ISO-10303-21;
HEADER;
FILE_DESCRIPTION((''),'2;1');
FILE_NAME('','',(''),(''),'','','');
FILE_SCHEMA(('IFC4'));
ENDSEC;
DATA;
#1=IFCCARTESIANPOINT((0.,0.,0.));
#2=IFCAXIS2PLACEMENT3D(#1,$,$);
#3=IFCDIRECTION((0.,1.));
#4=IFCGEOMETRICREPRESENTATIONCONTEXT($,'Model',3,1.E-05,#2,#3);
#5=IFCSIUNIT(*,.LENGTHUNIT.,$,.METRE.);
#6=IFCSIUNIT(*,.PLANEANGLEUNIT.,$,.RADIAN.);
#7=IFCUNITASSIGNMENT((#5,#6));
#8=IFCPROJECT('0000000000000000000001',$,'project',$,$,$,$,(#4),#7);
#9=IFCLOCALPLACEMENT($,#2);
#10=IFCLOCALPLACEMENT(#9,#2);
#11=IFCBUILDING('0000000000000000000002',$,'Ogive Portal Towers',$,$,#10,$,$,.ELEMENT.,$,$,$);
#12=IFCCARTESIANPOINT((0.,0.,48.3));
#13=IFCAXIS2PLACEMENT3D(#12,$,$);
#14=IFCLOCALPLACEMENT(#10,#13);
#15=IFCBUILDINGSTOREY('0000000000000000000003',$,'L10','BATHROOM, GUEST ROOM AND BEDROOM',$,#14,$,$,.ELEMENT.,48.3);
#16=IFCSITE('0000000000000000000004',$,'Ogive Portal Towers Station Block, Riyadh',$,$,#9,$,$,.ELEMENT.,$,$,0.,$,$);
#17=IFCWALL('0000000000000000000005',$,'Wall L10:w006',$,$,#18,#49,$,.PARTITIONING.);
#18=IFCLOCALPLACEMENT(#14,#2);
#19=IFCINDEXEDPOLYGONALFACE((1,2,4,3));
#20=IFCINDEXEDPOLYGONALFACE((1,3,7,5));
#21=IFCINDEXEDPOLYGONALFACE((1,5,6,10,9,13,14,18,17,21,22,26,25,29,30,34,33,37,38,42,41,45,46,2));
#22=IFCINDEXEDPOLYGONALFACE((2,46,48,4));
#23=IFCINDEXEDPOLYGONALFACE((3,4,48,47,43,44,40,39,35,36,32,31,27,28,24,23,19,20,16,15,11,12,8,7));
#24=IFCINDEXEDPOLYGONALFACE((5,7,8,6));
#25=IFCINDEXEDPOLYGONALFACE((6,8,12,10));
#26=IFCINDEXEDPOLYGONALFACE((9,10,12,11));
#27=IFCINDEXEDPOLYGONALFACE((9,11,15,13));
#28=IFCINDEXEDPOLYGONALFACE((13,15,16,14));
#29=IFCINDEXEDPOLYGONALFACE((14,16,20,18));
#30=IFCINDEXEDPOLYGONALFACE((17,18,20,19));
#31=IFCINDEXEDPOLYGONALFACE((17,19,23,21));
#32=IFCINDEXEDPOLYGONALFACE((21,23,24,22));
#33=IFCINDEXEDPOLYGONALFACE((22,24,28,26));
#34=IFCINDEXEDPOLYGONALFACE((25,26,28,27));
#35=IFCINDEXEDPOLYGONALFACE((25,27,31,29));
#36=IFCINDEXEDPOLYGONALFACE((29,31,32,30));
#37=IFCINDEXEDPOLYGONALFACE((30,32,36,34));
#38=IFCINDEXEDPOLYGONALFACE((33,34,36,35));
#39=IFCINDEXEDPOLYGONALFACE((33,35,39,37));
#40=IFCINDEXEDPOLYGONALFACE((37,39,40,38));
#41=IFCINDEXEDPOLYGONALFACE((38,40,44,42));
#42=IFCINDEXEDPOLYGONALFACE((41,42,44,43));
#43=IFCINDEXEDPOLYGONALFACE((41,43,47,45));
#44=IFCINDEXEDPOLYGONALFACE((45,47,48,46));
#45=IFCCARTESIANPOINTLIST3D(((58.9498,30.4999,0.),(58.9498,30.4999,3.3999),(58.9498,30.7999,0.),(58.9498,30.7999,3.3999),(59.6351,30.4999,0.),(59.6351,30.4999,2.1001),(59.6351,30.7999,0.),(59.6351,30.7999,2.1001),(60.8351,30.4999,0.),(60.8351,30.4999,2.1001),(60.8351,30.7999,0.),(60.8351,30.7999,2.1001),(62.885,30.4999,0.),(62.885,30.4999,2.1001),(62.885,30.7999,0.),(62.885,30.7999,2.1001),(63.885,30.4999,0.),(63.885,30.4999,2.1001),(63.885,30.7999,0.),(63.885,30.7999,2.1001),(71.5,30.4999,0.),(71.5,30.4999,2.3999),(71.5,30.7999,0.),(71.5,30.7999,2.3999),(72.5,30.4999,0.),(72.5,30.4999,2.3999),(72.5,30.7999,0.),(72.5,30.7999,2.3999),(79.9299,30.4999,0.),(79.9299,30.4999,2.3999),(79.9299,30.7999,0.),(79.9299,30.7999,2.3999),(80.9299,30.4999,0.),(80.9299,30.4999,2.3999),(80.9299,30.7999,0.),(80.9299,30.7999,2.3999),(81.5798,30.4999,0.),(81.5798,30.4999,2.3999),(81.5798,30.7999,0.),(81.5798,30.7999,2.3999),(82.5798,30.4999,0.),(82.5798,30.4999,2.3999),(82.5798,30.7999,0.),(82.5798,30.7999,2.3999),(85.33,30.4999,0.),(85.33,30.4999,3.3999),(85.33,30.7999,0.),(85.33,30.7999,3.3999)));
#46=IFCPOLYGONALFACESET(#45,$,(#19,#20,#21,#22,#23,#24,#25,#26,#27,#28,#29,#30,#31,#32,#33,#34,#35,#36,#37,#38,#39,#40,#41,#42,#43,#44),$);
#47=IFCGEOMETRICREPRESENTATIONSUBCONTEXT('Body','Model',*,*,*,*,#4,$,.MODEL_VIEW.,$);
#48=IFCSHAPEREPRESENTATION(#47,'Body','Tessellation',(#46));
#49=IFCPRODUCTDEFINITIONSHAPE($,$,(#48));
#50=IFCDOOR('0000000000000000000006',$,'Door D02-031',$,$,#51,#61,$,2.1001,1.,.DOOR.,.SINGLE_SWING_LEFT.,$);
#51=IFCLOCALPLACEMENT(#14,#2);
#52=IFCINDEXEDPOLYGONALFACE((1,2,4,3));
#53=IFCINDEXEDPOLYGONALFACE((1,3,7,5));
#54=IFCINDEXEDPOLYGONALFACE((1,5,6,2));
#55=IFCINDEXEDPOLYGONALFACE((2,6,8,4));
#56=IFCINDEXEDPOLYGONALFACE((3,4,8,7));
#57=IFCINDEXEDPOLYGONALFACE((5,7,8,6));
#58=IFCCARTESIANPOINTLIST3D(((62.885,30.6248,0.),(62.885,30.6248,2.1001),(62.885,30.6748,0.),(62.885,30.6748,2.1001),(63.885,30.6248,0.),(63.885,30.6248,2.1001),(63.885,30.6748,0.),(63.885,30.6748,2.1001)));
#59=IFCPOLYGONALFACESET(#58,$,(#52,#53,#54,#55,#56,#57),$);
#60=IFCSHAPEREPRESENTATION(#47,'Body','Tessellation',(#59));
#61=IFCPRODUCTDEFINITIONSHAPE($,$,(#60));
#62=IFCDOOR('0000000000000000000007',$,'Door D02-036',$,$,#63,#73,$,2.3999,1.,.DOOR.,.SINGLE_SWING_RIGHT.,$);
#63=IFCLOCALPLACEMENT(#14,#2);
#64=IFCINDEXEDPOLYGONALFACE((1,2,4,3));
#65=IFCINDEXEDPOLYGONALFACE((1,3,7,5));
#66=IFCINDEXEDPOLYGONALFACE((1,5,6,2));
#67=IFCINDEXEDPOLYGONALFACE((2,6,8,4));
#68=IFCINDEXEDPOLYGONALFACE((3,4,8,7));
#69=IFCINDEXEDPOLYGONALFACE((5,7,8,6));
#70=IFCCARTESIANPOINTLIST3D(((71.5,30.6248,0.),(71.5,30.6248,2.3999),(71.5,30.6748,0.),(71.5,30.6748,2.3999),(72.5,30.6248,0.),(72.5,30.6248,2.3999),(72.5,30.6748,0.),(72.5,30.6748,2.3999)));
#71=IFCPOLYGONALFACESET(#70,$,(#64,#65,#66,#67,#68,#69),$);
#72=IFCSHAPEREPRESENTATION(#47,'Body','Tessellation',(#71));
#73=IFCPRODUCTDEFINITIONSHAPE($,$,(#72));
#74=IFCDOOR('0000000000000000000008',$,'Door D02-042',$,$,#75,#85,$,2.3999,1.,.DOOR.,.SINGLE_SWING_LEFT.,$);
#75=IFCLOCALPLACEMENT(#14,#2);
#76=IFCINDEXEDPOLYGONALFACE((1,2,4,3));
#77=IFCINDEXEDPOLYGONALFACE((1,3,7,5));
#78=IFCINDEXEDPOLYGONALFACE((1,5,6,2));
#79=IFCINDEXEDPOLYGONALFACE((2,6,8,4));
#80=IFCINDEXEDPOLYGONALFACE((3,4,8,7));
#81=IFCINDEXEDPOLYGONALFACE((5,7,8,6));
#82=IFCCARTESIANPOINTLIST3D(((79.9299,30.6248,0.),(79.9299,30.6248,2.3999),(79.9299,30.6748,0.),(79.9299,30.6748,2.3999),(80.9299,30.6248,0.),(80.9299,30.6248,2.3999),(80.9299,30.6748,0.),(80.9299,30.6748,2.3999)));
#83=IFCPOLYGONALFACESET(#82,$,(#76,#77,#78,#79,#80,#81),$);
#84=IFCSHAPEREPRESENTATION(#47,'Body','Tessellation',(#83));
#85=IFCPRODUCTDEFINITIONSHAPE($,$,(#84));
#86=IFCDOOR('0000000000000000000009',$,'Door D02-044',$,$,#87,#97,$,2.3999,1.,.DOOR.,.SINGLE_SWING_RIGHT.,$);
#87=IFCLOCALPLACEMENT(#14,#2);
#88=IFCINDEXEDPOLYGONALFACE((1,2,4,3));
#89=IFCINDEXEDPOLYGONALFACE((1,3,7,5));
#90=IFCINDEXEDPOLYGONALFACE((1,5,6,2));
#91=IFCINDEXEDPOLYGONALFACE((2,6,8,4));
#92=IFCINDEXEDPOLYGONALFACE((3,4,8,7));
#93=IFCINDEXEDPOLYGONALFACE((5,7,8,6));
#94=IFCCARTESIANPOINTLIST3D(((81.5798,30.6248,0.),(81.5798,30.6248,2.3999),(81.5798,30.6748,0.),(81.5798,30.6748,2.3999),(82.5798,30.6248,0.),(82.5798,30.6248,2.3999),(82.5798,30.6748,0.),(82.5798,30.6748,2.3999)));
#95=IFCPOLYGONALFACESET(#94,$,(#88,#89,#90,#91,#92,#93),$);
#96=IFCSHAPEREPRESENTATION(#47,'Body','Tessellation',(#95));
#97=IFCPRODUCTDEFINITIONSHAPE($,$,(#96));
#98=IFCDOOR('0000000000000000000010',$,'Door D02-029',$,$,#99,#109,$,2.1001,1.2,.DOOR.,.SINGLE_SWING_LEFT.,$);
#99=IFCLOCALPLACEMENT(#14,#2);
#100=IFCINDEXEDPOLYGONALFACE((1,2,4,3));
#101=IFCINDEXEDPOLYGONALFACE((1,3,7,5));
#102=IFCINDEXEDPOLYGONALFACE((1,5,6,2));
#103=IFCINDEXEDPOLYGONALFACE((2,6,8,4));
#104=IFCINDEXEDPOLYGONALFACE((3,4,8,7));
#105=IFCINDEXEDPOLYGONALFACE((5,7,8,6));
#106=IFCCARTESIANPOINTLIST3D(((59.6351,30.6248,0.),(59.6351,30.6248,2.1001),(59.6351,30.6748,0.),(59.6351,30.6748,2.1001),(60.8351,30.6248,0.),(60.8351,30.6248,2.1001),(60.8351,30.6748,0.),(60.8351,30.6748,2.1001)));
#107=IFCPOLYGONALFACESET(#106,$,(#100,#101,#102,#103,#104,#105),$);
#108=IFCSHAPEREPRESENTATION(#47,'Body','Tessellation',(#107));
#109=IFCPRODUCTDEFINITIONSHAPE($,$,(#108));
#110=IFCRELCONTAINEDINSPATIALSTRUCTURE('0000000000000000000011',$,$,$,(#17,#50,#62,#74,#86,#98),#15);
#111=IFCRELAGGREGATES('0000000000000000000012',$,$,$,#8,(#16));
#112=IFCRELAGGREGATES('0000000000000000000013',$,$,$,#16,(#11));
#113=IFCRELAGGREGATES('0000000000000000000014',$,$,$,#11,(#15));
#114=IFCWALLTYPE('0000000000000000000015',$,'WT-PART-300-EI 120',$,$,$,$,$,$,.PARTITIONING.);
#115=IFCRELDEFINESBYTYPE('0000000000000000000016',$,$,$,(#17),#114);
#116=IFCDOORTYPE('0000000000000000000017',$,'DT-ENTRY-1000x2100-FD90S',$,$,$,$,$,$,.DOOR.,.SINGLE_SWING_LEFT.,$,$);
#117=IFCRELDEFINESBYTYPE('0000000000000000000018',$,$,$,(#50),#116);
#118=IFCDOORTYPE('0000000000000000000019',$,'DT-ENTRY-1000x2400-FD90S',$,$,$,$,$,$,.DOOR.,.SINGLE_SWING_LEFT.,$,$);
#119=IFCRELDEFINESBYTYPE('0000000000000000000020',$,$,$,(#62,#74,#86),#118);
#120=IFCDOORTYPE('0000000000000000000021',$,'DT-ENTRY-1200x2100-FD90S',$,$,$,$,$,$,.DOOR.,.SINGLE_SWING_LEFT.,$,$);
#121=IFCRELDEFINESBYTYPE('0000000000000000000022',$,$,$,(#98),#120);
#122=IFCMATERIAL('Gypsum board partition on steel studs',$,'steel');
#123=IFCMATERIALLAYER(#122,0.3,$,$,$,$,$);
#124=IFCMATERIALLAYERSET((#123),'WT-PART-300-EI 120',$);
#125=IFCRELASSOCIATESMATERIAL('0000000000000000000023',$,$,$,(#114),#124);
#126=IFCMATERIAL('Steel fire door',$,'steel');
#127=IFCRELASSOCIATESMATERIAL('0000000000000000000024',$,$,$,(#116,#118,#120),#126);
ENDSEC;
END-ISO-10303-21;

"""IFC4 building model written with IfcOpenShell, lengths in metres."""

from ifc_helpers import new_model, si_unit, direction, frame, frame_2d, origin, place, context, subcontext, project, spatial, rectangle, extrude, material, layer, layer_set, type_object, element, fill, save


model = new_model("IFC4")

# Units and contexts
model_context = context("Model", 3, precision=1e-05, world=origin(), true_north=direction((0.0, 1.0)))
body_context = subcontext(model_context, "Body", "Model", "MODEL_VIEW")
ifc_project = project(units=[si_unit("LENGTHUNIT", "METRE"), si_unit("PLANEANGLEUNIT", "RADIAN")], contexts=[model_context])

# Site, building, storey
site_placement = place(None, origin())
site = spatial("IfcSite", under=ifc_project, at=site_placement, Name="Ogive Portal Towers Station Block, Riyadh", CompositionType="ELEMENT", RefElevation=0.0)
building_placement = place(site_placement, origin())
building = spatial("IfcBuilding", under=site, at=building_placement, Name="Ogive Portal Towers", CompositionType="ELEMENT")
storey_placement = place(building_placement, frame((0.0, 0.0, 48.3)))
storey = spatial("IfcBuildingStorey", under=building, at=storey_placement, Name="L10", Description="BATHROOM, GUEST ROOM AND BEDROOM", CompositionType="ELEMENT", Elevation=48.3)

# Shared definitions
ifc_material_1 = material(Name="Steel fire door", Category="steel")
ifc_material_2 = material(Name="Gypsum board partition on steel studs", Category="steel")

# Wall, openings, doors
ifc_layer_1 = layer(ifc_material_2, 0.3)
ifc_layer_set_1 = layer_set([ifc_layer_1], Name="WT-PART-300-EI 120")
wall_type_1 = type_object("IfcWallType", Name="WT-PART-300-EI 120", PredefinedType="PARTITIONING", material=ifc_layer_set_1)
wall_1_placement = place(storey_placement, frame((58.95, 30.6499, 0.0), z_axis=(0.0, 0.0, 1.0), x_axis=(1.0, 0.0, 0.0)))
wall_1 = element("IfcWall", 1, at=wall_1_placement, inside=storey, type_object=wall_type_1, Name="Wall L10:w006", PredefinedType="PARTITIONING", context=body_context, shape_type="SweptSolid", body=[
    extrude(rectangle(XDim=26.3801, YDim=0.3, at=frame_2d((13.1899, 0.0))), origin(), (0.0, 0.0, 1.0), 3.3999),
])
opening_1_placement = place(wall_1_placement, frame((0.6851, 0.0, 0.0)))
opening_1 = element("IfcOpeningElement", 2, at=opening_1_placement, cuts=wall_1, PredefinedType="OPENING", context=body_context, shape_type="SweptSolid", body=[
    extrude(rectangle(XDim=1.2, YDim=2.1001, at=frame_2d((0.6001, 1.05))), frame((0.0, 0.1602, 0.0), z_axis=(0.0, -1.0, 0.0), x_axis=(1.0, 0.0, 0.0)), (0.0, 0.0, 1.0), 0.3201),
])
opening_2_placement = place(wall_1_placement, frame((3.9351, 0.0, 0.0)))
opening_2 = element("IfcOpeningElement", 3, at=opening_2_placement, cuts=wall_1, PredefinedType="OPENING", context=body_context, shape_type="SweptSolid", body=[
    extrude(rectangle(XDim=1.0, YDim=2.1001, at=frame_2d((0.5, 1.05))), frame((0.0, 0.1602, 0.0), z_axis=(0.0, -1.0, 0.0), x_axis=(1.0, 0.0, 0.0)), (0.0, 0.0, 1.0), 0.3201),
])
opening_3_placement = place(wall_1_placement, frame((12.55, 0.0, 0.0)))
opening_3 = element("IfcOpeningElement", 4, at=opening_3_placement, cuts=wall_1, PredefinedType="OPENING", context=body_context, shape_type="SweptSolid", body=[
    extrude(rectangle(XDim=1.0, YDim=2.3999, at=frame_2d((0.5, 1.2))), frame((0.0, 0.1602, 0.0), z_axis=(0.0, -1.0, 0.0), x_axis=(1.0, 0.0, 0.0)), (0.0, 0.0, 1.0), 0.3201),
])
opening_4_placement = place(wall_1_placement, frame((20.98, 0.0, 0.0)))
opening_4 = element("IfcOpeningElement", 5, at=opening_4_placement, cuts=wall_1, PredefinedType="OPENING", context=body_context, shape_type="SweptSolid", body=[
    extrude(rectangle(XDim=1.0, YDim=2.3999, at=frame_2d((0.5, 1.2))), frame((0.0, 0.1602, 0.0), z_axis=(0.0, -1.0, 0.0), x_axis=(1.0, 0.0, 0.0)), (0.0, 0.0, 1.0), 0.3201),
])
opening_5_placement = place(wall_1_placement, frame((22.6299, 0.0, 0.0)))
opening_5 = element("IfcOpeningElement", 6, at=opening_5_placement, cuts=wall_1, PredefinedType="OPENING", context=body_context, shape_type="SweptSolid", body=[
    extrude(rectangle(XDim=1.0, YDim=2.3999, at=frame_2d((0.5, 1.2))), frame((0.0, 0.1602, 0.0), z_axis=(0.0, -1.0, 0.0), x_axis=(1.0, 0.0, 0.0)), (0.0, 0.0, 1.0), 0.3201),
])
door_type_1 = type_object("IfcDoorType", Name="DT-ENTRY-1000x2100-FD90S", OperationType="SINGLE_SWING_LEFT", PredefinedType="DOOR", material=ifc_material_1)
door_1_placement = place(opening_2_placement, origin())
door_1 = element("IfcDoor", 7, at=door_1_placement, inside=storey, type_object=door_type_1, Name="Door D02-031", OperationType="SINGLE_SWING_LEFT", OverallHeight=2.1001, OverallWidth=1.0, PredefinedType="DOOR", context=body_context, shape_type="SweptSolid", body=[
    extrude(rectangle(XDim=1.0, YDim=2.1001, at=frame_2d((0.5, 1.05))), frame((0.0, 0.0249, 0.0), z_axis=(0.0, -1.0, 0.0), x_axis=(1.0, 0.0, 0.0)), (0.0, 0.0, 1.0), 0.05),
])
fill(opening_2, door_1)
door_type_2 = type_object("IfcDoorType", Name="DT-ENTRY-1000x2400-FD90S", OperationType="SINGLE_SWING_LEFT", PredefinedType="DOOR", material=ifc_material_1)
door_2_placement = place(opening_3_placement, origin())
door_2 = element("IfcDoor", 8, at=door_2_placement, inside=storey, type_object=door_type_2, Name="Door D02-036", OperationType="SINGLE_SWING_RIGHT", OverallHeight=2.3999, OverallWidth=1.0, PredefinedType="DOOR", context=body_context, shape_type="SweptSolid", body=[
    extrude(rectangle(XDim=1.0, YDim=2.3999, at=frame_2d((0.5, 1.2))), frame((0.0, 0.0249, 0.0), z_axis=(0.0, -1.0, 0.0), x_axis=(1.0, 0.0, 0.0)), (0.0, 0.0, 1.0), 0.05),
])
fill(opening_3, door_2)
door_3_placement = place(opening_4_placement, origin())
door_3 = element("IfcDoor", 9, at=door_3_placement, inside=storey, type_object=door_type_2, Name="Door D02-042", OperationType="SINGLE_SWING_LEFT", OverallHeight=2.3999, OverallWidth=1.0, PredefinedType="DOOR", context=body_context, shape_type="SweptSolid", body=[
    extrude(rectangle(XDim=1.0, YDim=2.3999, at=frame_2d((0.5, 1.2))), frame((0.0, 0.0249, 0.0), z_axis=(0.0, -1.0, 0.0), x_axis=(1.0, 0.0, 0.0)), (0.0, 0.0, 1.0), 0.05),
])
fill(opening_4, door_3)
door_4_placement = place(opening_5_placement, origin())
door_4 = element("IfcDoor", 10, at=door_4_placement, inside=storey, type_object=door_type_2, Name="Door D02-044", OperationType="SINGLE_SWING_RIGHT", OverallHeight=2.3999, OverallWidth=1.0, PredefinedType="DOOR", context=body_context, shape_type="SweptSolid", body=[
    extrude(rectangle(XDim=1.0, YDim=2.3999, at=frame_2d((0.5, 1.2))), frame((0.0, 0.0249, 0.0), z_axis=(0.0, -1.0, 0.0), x_axis=(1.0, 0.0, 0.0)), (0.0, 0.0, 1.0), 0.05),
])
fill(opening_5, door_4)
door_type_3 = type_object("IfcDoorType", Name="DT-ENTRY-1200x2100-FD90S", OperationType="SINGLE_SWING_LEFT", PredefinedType="DOOR", material=ifc_material_1)
door_5_placement = place(opening_1_placement, origin())
door_5 = element("IfcDoor", 11, at=door_5_placement, inside=storey, type_object=door_type_3, Name="Door D02-029", OperationType="SINGLE_SWING_LEFT", OverallHeight=2.1001, OverallWidth=1.2, PredefinedType="DOOR", context=body_context, shape_type="SweptSolid", body=[
    extrude(rectangle(XDim=1.2, YDim=2.1001, at=frame_2d((0.6001, 1.05))), frame((0.0, 0.0249, 0.0), z_axis=(0.0, -1.0, 0.0), x_axis=(1.0, 0.0, 0.0)), (0.0, 0.0, 1.0), 0.05),
])
fill(opening_1, door_5)

save(model, "model.ifc")
